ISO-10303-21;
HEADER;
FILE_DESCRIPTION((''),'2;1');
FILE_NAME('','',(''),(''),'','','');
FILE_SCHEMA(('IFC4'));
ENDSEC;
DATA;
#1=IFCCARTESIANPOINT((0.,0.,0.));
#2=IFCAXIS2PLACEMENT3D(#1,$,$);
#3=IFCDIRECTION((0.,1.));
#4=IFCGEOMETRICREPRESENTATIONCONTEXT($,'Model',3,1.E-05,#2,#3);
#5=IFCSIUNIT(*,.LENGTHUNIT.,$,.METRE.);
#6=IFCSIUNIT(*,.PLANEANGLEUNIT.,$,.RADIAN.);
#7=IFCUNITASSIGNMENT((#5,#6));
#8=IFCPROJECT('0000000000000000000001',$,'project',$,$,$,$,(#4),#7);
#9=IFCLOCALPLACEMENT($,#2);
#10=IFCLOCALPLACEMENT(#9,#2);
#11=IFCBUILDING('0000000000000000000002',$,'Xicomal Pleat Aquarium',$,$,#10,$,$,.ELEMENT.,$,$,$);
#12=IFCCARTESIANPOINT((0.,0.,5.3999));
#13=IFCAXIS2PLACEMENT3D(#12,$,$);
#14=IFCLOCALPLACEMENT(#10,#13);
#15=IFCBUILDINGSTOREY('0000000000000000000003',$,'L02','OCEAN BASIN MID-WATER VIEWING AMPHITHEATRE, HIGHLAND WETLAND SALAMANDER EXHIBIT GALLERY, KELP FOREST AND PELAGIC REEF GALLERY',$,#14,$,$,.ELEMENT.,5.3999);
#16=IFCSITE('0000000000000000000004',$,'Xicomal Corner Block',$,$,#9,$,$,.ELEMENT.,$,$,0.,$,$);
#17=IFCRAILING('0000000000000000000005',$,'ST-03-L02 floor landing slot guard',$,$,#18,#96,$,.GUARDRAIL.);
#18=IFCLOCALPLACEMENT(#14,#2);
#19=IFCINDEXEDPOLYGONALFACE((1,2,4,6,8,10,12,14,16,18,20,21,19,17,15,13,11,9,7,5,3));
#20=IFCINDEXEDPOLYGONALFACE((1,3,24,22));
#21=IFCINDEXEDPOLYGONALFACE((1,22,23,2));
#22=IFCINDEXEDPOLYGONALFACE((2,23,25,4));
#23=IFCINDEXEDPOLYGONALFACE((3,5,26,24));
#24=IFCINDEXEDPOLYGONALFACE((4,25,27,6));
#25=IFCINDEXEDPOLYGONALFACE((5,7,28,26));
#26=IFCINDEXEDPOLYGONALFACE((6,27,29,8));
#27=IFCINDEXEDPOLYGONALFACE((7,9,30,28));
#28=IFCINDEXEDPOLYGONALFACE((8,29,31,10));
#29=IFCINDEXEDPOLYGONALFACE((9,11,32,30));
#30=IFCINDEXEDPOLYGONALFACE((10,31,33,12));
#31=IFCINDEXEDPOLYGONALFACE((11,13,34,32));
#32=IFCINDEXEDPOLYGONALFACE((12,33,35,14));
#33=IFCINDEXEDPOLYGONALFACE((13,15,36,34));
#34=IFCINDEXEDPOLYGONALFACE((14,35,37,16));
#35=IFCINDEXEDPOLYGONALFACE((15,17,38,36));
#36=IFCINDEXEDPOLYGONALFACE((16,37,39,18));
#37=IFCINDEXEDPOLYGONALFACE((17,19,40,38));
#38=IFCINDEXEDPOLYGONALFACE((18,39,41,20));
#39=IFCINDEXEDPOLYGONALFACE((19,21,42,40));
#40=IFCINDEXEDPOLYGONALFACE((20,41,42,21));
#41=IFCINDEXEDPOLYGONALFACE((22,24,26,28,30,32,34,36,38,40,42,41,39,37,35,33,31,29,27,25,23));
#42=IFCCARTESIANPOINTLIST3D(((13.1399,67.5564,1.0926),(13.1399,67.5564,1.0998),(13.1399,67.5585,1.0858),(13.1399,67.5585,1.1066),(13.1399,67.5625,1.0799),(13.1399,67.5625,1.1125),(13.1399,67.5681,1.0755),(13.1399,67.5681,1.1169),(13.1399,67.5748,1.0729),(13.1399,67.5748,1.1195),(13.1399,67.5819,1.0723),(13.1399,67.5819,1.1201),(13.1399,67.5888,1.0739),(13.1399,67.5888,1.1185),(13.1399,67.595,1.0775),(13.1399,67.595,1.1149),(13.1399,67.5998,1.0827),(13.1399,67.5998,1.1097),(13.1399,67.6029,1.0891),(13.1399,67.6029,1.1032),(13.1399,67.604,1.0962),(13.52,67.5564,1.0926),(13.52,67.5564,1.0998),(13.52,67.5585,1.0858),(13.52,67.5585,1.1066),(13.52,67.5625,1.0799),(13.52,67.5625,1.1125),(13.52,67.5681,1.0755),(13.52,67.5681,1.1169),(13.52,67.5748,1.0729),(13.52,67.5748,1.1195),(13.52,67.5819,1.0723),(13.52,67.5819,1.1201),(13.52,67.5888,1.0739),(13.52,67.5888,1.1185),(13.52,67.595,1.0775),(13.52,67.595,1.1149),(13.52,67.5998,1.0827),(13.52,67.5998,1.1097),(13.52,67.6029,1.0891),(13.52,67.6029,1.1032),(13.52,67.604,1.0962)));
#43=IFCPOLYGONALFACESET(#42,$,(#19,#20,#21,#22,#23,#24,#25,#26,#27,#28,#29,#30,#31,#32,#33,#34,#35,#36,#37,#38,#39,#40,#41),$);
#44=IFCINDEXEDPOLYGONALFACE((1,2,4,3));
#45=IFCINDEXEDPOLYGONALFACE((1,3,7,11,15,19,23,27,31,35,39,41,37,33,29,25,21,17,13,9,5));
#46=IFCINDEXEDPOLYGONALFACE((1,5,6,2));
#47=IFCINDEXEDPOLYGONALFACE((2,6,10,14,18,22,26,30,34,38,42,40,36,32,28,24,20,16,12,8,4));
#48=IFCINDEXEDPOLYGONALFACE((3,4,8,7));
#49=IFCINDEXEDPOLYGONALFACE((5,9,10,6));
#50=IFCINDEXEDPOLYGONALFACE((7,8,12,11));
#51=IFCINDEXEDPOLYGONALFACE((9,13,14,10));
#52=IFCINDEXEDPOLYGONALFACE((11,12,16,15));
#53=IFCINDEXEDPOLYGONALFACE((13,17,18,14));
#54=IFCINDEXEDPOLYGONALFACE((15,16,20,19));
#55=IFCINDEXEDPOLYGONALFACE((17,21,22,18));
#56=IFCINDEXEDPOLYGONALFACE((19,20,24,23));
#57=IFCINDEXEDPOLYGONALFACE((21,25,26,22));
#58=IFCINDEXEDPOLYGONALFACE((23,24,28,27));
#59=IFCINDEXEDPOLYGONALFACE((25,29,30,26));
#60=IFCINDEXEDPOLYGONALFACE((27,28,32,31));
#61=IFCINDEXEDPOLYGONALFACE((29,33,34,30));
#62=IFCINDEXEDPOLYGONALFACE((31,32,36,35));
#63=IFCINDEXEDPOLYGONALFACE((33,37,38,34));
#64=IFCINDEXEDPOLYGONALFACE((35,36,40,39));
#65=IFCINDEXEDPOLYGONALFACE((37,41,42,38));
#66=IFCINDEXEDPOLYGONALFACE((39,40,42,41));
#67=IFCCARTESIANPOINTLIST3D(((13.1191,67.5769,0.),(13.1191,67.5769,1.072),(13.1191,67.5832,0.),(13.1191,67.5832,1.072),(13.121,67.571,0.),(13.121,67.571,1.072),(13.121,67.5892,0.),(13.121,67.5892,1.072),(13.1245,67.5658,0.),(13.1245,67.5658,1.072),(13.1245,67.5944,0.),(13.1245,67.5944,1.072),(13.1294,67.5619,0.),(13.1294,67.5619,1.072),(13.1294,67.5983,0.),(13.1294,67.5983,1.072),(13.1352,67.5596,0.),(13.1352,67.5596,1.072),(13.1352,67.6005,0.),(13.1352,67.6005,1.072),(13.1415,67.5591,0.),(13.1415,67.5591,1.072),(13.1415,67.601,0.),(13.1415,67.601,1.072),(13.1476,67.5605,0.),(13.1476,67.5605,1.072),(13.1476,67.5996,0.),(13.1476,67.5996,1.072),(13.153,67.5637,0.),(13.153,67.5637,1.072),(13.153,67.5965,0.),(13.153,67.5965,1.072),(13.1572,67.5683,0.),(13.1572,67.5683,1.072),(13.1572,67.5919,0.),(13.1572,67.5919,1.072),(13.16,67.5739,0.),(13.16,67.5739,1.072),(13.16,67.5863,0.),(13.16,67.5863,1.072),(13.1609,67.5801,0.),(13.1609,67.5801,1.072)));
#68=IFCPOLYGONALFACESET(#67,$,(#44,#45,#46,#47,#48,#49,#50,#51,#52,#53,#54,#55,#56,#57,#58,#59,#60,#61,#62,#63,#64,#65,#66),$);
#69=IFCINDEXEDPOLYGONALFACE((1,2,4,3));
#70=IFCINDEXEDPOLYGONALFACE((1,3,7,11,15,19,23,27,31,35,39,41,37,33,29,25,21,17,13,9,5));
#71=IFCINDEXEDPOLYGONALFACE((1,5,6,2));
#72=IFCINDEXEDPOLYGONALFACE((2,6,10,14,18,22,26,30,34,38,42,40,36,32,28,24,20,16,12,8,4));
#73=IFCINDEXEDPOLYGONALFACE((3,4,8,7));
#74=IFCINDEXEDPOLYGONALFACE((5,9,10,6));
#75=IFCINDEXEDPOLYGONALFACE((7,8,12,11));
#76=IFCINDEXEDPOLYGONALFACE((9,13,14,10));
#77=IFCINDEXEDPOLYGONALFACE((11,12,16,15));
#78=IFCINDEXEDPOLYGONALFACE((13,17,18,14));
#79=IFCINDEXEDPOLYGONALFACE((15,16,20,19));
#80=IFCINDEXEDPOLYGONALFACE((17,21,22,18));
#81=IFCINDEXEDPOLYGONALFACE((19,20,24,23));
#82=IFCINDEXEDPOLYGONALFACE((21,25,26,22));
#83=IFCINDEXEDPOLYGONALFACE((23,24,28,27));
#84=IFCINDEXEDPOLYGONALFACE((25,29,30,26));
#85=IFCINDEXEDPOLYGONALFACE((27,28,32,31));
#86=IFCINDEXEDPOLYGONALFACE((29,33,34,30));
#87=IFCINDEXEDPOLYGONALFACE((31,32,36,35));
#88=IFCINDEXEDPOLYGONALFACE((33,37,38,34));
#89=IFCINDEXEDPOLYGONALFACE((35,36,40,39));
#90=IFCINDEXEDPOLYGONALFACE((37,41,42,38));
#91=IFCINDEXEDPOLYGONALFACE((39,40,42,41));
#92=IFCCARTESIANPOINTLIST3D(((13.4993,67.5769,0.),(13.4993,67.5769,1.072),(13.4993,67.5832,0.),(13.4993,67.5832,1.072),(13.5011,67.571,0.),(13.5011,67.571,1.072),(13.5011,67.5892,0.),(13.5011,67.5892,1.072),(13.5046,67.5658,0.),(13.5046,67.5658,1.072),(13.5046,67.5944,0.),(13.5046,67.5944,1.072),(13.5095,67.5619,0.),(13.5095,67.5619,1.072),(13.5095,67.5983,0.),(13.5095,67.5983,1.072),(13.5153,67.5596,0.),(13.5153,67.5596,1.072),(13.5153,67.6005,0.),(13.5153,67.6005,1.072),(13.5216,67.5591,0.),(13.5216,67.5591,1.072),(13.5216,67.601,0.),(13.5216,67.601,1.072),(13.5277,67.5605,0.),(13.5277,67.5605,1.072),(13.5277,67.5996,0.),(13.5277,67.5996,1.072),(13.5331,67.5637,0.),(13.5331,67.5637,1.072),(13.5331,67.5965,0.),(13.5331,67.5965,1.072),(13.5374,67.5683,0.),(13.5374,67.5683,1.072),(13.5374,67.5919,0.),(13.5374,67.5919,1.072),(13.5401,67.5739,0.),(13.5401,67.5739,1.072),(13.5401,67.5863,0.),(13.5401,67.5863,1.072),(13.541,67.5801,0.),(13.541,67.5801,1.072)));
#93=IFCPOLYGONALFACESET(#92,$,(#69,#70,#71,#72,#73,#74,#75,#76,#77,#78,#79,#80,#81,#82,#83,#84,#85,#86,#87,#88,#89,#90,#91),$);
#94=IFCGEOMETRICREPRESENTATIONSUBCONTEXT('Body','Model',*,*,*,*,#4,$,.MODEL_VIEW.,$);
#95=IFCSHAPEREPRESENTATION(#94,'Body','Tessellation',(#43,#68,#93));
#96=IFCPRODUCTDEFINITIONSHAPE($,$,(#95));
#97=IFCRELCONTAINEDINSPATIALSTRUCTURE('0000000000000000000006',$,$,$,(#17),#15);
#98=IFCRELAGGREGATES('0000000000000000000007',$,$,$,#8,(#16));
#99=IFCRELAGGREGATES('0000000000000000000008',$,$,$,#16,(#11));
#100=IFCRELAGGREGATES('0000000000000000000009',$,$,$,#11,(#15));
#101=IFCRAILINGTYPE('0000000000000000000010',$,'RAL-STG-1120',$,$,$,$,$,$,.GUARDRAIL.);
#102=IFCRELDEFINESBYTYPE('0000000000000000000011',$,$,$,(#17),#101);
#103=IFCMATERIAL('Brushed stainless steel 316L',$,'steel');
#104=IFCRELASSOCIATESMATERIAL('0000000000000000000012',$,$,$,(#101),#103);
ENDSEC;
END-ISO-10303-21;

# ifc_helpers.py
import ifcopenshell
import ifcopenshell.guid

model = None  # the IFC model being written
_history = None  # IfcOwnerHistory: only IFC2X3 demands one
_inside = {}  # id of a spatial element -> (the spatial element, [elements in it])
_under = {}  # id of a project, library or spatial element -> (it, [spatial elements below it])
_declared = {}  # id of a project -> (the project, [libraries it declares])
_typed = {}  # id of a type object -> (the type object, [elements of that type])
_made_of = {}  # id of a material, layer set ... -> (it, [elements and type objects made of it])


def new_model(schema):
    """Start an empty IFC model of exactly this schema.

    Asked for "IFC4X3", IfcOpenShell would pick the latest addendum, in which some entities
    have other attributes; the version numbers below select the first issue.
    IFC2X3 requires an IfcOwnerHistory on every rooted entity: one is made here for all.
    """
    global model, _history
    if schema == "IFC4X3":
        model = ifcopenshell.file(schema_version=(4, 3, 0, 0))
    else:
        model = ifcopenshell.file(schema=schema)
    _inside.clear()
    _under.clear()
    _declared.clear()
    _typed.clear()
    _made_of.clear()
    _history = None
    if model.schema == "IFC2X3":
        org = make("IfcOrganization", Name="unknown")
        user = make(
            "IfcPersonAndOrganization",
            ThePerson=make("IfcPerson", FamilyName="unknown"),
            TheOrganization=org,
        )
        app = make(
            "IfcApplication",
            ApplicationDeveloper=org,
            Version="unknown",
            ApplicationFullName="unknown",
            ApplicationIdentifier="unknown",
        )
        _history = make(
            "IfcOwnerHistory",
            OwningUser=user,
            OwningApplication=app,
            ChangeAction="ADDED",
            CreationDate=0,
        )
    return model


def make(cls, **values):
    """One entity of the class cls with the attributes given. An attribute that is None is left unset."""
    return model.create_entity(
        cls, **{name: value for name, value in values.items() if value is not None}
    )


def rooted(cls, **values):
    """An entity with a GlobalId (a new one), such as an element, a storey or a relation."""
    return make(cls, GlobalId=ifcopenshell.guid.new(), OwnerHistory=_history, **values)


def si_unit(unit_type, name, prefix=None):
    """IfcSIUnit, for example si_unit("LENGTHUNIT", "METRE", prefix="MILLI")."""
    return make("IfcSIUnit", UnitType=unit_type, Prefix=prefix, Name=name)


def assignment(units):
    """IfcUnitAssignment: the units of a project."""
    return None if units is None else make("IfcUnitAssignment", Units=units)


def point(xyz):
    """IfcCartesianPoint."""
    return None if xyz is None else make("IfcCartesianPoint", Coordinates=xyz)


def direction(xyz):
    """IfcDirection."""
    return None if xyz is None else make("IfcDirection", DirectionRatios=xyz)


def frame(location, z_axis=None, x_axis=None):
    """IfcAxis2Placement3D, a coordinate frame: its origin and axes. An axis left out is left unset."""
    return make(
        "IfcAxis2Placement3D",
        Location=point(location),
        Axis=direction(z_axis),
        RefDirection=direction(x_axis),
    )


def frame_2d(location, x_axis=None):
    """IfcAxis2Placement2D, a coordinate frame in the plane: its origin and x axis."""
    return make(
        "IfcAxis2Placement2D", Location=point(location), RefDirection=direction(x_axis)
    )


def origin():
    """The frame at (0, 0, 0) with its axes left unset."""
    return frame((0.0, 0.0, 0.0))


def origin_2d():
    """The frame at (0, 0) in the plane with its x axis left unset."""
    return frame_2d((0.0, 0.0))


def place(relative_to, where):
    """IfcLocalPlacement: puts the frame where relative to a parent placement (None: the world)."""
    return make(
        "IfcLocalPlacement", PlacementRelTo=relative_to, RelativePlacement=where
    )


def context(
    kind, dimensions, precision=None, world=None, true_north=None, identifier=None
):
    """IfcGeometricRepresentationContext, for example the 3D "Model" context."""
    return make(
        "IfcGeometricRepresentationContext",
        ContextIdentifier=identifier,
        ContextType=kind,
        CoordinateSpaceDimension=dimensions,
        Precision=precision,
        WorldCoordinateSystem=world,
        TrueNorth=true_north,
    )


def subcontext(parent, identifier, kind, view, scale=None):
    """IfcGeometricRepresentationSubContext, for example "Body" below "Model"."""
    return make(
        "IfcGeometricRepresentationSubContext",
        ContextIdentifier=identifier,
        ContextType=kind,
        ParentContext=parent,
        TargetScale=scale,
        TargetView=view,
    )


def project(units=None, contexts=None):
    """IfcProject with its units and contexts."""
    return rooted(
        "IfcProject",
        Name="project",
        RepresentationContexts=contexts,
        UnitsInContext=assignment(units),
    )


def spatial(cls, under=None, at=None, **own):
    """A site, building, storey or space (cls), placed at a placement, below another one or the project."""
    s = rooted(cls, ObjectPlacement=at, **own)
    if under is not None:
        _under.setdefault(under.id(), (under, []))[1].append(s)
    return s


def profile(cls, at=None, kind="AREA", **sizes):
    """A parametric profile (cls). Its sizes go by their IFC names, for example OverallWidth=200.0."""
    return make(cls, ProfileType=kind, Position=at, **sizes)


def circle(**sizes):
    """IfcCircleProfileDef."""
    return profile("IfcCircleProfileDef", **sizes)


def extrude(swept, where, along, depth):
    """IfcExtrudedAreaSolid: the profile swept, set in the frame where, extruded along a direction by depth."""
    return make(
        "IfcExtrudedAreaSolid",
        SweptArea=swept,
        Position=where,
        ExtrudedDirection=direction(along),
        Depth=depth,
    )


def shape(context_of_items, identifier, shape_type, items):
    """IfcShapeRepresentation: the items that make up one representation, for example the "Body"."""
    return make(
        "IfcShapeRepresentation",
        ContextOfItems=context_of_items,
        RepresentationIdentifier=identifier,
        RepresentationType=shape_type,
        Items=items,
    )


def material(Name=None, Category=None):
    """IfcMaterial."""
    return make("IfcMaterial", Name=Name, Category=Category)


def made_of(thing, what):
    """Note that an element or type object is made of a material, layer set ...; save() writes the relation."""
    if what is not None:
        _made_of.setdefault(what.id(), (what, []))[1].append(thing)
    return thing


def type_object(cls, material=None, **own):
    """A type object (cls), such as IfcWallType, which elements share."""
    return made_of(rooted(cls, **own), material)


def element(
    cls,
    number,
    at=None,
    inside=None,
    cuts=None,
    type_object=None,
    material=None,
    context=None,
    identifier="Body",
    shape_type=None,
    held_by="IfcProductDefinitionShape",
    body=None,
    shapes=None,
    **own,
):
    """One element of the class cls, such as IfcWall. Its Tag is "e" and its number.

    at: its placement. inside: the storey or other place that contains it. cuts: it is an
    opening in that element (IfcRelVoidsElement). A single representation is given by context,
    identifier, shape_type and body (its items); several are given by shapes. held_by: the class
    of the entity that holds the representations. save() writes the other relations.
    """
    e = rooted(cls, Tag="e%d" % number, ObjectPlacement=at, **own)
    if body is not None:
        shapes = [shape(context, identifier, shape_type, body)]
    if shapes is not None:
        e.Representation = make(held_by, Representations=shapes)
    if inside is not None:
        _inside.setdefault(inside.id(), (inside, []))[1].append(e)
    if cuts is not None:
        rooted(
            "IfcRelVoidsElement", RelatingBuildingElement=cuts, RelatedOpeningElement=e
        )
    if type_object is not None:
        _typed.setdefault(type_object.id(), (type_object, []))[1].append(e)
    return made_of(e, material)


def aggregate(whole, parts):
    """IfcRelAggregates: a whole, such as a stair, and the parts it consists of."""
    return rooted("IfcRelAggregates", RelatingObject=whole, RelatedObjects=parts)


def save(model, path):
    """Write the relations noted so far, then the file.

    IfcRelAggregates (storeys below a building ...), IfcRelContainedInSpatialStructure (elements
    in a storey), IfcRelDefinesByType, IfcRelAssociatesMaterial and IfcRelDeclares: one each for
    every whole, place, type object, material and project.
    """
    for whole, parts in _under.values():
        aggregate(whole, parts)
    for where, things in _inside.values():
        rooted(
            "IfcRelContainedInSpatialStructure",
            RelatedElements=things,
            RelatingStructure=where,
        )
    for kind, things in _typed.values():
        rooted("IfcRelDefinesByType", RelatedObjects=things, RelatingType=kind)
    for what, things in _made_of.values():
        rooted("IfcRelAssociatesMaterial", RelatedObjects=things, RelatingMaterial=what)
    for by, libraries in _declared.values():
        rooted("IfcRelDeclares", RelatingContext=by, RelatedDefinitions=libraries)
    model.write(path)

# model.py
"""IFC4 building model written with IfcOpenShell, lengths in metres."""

from ifc_helpers import new_model, si_unit, direction, frame, origin, origin_2d, place, context, subcontext, project, spatial, circle, extrude, material, type_object, element, save


model = new_model("IFC4")

# Units and contexts
model_context = context("Model", 3, precision=1e-05, world=origin(), true_north=direction((0.0, 1.0)))
body_context = subcontext(model_context, "Body", "Model", "MODEL_VIEW")
ifc_project = project(units=[si_unit("LENGTHUNIT", "METRE"), si_unit("PLANEANGLEUNIT", "RADIAN")], contexts=[model_context])

# Site, building, storey
site_placement = place(None, origin())
site = spatial("IfcSite", under=ifc_project, at=site_placement, Name="Xicomal Corner Block", CompositionType="ELEMENT", RefElevation=0.0)
building_placement = place(site_placement, origin())
building = spatial("IfcBuilding", under=site, at=building_placement, Name="Xicomal Pleat Aquarium", CompositionType="ELEMENT")
storey_placement = place(building_placement, frame((0.0, 0.0, 5.3999)))
storey = spatial("IfcBuildingStorey", under=building, at=storey_placement, Name="L02", Description="OCEAN BASIN MID-WATER VIEWING AMPHITHEATRE, HIGHLAND WETLAND SALAMANDER EXHIBIT GALLERY, KELP FOREST AND PELAGIC REEF GALLERY", CompositionType="ELEMENT", Elevation=5.3999)

# Railing
ifc_material_1 = material(Name="Brushed stainless steel 316L", Category="steel")
railing_type_1 = type_object("IfcRailingType", Name="RAL-STG-1120", PredefinedType="GUARDRAIL", material=ifc_material_1)
railing_1_placement = place(storey_placement, frame((13.1399, 67.5801, 0.0)))
element("IfcRailing", 1, at=railing_1_placement, inside=storey, type_object=railing_type_1, Name="ST-03-L02 floor landing slot guard", PredefinedType="GUARDRAIL", context=body_context, shape_type="SweptSolid", body=[
    extrude(circle(Radius=0.0239, at=origin_2d()), frame((0.0, 0.0, 1.0962), z_axis=(1.0, 0.0, 0.0), x_axis=(0.0, 1.0, 0.0)), (0.0, 0.0, 1.0), 0.3801),
    extrude(circle(Radius=0.021, at=origin_2d()), origin(), (0.0, 0.0, 1.0), 1.072),
    extrude(circle(Radius=0.021, at=origin_2d()), frame((0.3801, 0.0, 0.0)), (0.0, 0.0, 1.0), 1.072),
])

save(model, "model.ifc")
